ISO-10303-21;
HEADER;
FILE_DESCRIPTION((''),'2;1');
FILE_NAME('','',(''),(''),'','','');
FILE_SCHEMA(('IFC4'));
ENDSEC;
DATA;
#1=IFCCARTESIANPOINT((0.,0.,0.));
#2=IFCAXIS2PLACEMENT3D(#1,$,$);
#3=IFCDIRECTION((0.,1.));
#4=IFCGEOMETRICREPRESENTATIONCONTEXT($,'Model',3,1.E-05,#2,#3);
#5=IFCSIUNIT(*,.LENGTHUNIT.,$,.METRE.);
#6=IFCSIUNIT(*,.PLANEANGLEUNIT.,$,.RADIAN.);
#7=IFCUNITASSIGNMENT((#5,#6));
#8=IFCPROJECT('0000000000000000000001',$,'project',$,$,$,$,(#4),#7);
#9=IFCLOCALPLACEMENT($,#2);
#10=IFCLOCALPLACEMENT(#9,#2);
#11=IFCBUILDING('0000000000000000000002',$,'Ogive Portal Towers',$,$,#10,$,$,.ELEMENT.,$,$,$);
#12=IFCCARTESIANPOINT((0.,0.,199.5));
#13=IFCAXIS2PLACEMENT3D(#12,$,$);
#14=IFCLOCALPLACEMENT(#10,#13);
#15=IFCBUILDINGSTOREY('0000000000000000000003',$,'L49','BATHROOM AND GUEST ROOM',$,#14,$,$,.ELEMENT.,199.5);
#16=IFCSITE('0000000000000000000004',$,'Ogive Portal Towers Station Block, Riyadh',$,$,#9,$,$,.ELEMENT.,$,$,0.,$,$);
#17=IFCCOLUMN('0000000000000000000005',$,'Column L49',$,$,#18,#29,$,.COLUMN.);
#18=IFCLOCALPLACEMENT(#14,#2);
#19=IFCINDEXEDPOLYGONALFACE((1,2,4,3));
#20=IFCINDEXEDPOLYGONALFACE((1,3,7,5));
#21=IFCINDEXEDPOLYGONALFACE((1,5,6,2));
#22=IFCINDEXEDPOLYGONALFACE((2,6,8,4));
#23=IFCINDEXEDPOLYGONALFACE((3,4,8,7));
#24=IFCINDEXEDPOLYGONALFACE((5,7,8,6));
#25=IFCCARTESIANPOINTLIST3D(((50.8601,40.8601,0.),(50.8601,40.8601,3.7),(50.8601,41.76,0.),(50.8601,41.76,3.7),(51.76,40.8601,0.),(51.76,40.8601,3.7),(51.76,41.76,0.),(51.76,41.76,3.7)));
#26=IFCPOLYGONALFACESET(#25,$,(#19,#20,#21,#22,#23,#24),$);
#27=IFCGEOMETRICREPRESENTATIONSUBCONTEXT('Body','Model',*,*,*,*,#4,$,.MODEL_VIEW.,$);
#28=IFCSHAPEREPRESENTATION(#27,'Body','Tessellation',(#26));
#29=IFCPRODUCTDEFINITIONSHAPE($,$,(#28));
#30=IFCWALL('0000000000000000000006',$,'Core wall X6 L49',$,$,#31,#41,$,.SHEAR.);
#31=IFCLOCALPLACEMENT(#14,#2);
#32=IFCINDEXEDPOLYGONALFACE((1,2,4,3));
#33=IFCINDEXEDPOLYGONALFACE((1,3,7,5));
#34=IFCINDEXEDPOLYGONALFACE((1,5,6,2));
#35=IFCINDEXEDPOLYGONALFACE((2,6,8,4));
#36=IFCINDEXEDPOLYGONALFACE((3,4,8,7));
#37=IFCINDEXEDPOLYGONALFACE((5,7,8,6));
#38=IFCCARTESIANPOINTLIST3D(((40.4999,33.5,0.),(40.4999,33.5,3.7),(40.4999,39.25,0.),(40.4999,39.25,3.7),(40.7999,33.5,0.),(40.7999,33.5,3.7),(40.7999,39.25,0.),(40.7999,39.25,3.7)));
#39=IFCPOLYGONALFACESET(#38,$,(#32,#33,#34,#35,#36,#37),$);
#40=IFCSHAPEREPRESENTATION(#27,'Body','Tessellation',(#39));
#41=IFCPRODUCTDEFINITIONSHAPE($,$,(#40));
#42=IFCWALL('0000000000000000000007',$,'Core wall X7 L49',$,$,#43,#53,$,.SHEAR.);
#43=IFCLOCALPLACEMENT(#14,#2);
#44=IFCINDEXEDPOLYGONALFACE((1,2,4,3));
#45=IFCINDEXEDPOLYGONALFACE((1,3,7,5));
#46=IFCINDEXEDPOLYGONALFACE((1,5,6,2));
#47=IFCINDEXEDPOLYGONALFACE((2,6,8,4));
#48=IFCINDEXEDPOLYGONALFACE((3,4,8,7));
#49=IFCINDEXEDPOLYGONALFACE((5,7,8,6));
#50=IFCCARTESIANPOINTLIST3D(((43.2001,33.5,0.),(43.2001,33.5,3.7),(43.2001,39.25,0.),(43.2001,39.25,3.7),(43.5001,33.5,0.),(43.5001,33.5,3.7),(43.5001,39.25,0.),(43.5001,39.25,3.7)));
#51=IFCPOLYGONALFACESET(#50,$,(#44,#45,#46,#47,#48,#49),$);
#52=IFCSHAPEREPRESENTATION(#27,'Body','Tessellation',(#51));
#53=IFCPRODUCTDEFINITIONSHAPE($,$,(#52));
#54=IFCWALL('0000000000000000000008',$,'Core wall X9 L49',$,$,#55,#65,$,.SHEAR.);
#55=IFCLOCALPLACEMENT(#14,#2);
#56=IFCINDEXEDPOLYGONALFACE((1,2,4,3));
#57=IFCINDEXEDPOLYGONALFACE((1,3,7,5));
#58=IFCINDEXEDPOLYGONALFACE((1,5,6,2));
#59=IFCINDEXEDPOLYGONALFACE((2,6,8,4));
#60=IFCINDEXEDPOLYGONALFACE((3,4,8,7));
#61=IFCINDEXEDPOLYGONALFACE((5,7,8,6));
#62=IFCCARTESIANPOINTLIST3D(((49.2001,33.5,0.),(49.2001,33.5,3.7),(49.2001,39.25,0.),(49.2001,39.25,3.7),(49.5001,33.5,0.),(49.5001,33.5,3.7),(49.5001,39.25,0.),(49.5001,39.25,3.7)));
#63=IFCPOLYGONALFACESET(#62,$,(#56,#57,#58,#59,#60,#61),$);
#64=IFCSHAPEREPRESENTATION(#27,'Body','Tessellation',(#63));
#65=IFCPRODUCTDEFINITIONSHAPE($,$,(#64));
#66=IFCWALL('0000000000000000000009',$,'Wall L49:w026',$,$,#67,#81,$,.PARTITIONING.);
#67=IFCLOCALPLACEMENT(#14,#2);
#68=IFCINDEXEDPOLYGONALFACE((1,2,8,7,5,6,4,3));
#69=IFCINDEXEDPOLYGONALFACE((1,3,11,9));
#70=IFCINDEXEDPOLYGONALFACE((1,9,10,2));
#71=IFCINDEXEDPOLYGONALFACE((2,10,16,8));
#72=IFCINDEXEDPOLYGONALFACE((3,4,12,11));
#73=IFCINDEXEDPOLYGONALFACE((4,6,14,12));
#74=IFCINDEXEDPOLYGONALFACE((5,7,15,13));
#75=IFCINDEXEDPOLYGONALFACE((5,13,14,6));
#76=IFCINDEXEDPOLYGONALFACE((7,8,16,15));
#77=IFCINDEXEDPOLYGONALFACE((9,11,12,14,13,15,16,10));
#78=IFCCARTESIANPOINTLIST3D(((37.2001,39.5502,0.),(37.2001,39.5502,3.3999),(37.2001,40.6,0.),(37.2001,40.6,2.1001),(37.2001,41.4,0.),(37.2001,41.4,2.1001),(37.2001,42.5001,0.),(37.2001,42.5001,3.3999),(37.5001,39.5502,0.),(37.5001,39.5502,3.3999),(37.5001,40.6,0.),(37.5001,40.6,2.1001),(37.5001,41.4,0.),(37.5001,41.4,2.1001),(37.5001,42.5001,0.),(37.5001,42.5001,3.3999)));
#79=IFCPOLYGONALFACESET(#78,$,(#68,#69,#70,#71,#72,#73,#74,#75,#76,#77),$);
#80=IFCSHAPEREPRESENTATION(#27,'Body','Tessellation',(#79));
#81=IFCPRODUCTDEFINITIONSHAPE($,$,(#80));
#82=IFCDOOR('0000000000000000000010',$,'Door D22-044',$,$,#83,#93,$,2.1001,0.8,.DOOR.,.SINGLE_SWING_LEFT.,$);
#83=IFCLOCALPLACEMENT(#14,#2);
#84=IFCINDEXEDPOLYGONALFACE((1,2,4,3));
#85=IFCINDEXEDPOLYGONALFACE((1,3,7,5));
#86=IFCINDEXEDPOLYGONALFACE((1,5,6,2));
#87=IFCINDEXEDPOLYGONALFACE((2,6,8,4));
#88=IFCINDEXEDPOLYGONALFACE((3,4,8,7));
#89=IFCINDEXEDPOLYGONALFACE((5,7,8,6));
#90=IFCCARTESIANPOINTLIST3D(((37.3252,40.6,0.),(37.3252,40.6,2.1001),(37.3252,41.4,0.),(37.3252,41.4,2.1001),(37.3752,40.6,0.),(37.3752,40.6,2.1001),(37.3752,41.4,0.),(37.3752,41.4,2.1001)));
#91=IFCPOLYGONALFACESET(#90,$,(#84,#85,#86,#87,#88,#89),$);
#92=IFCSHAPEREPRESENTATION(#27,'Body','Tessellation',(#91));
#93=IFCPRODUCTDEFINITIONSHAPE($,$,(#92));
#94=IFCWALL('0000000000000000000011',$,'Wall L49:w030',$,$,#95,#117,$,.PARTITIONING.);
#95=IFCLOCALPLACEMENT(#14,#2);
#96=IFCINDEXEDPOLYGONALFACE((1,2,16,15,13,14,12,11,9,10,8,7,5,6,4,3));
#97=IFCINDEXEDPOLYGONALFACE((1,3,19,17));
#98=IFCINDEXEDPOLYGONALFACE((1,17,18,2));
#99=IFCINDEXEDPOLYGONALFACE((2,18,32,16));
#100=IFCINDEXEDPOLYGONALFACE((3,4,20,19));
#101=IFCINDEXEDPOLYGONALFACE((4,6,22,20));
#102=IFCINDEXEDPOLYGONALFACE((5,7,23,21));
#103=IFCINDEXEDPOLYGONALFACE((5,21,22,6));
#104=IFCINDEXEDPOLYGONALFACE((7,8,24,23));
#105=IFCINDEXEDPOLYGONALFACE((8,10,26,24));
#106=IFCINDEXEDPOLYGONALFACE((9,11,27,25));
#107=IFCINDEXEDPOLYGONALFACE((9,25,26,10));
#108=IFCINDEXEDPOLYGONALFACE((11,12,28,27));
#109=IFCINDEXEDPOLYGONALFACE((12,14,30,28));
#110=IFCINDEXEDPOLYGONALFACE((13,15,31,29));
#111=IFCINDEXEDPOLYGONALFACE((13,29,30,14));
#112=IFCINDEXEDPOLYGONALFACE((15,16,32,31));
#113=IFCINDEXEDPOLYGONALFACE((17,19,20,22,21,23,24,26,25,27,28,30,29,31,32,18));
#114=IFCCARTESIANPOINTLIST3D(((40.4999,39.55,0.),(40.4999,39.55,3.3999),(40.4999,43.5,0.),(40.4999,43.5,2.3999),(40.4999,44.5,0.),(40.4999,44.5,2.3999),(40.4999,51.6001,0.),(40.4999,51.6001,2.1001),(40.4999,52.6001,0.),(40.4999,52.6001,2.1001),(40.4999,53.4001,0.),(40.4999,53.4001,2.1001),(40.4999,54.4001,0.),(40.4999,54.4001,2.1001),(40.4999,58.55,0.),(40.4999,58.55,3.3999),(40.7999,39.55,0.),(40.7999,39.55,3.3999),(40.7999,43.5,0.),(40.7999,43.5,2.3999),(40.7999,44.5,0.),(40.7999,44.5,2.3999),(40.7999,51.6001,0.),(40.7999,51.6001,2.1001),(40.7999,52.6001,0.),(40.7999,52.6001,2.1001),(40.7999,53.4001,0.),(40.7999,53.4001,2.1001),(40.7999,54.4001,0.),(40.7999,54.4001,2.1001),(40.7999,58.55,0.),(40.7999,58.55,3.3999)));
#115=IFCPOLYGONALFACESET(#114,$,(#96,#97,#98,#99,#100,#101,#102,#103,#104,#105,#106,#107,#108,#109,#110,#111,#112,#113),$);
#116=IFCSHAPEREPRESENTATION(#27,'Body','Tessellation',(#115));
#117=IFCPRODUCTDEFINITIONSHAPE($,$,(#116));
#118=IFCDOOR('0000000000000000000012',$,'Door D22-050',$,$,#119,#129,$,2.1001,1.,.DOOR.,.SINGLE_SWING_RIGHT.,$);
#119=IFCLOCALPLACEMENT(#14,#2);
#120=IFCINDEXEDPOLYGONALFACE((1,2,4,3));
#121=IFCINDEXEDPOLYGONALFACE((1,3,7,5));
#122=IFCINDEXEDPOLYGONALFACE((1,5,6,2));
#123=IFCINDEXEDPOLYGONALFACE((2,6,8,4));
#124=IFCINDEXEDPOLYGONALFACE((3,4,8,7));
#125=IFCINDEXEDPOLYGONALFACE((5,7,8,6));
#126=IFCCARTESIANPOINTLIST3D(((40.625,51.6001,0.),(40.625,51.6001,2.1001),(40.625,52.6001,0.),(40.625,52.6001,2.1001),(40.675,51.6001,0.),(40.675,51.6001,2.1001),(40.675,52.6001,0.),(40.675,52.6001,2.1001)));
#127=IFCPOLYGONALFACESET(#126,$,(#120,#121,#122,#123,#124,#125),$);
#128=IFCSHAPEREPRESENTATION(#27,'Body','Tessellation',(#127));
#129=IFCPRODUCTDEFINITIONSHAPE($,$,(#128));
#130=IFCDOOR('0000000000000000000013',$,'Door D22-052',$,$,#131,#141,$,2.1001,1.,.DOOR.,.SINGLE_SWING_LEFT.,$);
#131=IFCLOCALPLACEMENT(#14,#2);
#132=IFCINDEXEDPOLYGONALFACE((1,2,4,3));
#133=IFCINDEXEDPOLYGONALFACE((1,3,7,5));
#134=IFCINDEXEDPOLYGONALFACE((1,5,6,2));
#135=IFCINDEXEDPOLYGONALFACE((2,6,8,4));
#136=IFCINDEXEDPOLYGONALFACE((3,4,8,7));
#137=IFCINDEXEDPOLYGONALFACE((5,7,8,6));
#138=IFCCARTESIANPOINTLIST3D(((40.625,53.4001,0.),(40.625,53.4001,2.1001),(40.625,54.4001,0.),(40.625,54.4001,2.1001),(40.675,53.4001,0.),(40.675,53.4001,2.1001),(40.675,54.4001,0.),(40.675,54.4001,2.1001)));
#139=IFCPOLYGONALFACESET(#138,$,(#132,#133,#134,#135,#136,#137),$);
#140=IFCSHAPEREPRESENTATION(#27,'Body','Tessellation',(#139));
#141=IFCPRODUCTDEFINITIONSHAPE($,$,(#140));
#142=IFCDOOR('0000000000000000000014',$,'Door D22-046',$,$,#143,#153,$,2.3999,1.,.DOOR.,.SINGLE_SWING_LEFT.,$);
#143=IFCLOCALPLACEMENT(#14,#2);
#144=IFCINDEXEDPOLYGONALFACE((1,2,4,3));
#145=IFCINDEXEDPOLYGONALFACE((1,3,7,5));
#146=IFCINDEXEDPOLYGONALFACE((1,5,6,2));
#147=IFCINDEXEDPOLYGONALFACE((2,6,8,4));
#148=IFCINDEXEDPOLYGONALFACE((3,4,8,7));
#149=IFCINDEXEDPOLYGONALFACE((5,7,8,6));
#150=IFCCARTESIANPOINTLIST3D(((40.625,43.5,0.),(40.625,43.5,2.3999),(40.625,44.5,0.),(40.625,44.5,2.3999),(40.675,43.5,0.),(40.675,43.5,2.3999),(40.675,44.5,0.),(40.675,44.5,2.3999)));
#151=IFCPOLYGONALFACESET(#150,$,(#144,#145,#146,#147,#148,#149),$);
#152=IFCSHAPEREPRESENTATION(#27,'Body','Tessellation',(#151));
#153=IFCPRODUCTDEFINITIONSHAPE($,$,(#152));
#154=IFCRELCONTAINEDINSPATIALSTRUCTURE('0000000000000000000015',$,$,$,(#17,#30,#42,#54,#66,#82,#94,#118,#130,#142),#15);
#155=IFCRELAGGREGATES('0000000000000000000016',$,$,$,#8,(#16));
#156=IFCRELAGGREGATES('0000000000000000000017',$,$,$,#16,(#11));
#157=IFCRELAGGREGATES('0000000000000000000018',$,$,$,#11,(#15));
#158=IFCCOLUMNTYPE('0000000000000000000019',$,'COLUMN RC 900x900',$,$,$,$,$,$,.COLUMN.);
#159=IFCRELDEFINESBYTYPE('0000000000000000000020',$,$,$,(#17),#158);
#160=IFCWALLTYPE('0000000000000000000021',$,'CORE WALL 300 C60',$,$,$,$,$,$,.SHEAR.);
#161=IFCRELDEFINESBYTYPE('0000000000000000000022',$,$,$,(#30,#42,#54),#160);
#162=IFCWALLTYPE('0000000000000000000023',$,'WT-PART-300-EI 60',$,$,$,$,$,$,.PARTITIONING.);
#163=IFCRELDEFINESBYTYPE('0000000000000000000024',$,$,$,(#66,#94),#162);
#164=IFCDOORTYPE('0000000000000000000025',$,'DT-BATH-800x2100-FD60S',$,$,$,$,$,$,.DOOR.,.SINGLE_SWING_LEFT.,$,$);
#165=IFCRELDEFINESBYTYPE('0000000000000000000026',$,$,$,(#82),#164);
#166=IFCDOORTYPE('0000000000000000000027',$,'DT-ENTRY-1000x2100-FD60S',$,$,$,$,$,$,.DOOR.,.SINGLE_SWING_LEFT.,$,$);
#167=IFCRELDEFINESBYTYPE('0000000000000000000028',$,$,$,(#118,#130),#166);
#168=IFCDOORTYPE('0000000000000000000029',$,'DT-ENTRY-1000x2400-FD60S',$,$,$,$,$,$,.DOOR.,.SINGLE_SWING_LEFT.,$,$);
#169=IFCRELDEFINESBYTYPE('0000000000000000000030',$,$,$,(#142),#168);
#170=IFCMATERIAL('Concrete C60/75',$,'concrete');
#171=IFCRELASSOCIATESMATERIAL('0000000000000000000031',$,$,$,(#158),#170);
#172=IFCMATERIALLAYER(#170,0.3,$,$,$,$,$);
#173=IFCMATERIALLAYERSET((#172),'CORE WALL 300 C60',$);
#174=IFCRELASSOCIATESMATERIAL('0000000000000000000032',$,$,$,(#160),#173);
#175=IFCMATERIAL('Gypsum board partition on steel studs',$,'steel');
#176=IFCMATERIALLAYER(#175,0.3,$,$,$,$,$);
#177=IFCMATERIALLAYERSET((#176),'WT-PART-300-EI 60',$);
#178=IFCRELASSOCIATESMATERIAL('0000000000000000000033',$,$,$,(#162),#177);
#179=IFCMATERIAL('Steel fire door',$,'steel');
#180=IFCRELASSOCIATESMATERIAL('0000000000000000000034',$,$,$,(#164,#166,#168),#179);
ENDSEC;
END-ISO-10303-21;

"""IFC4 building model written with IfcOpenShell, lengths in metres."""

from ifc_helpers import new_model, si_unit, direction, frame, frame_2d, origin, origin_2d, place, context, subcontext, project, spatial, rectangle, extrude, material, layer, layer_set, material_profile, profile_set, type_object, element, fill, save


model = new_model("IFC4")

# Units and contexts
model_context = context("Model", 3, precision=1e-05, world=origin(), true_north=direction((0.0, 1.0)))
body_context = subcontext(model_context, "Body", "Model", "MODEL_VIEW")
ifc_project = project(units=[si_unit("LENGTHUNIT", "METRE"), si_unit("PLANEANGLEUNIT", "RADIAN")], contexts=[model_context])

# Site, building, storey
site_placement = place(None, origin())
site = spatial("IfcSite", under=ifc_project, at=site_placement, Name="Ogive Portal Towers Station Block, Riyadh", CompositionType="ELEMENT", RefElevation=0.0)
building_placement = place(site_placement, origin())
building = spatial("IfcBuilding", under=site, at=building_placement, Name="Ogive Portal Towers", CompositionType="ELEMENT")
storey_placement = place(building_placement, frame((0.0, 0.0, 199.5)))
storey = spatial("IfcBuildingStorey", under=building, at=storey_placement, Name="L49", Description="BATHROOM AND GUEST ROOM", CompositionType="ELEMENT", Elevation=199.5)

# Column
ifc_material_1 = material(Name="Concrete C60/75", Category="concrete")
ifc_material_profile = material_profile(ifc_material_1, rectangle(XDim=0.8999, YDim=0.8999, at=origin_2d()), Name="RC 900x900")
ifc_profile_set = profile_set([ifc_material_profile], Name="Concrete C60/75")
column_type = type_object("IfcColumnType", Name="COLUMN RC 900x900", PredefinedType="COLUMN", material=ifc_profile_set)
column_placement = place(storey_placement, frame((51.3101, 41.3101, 0.0), z_axis=(0.0, 0.0, 1.0), x_axis=(1.0, 0.0, 0.0)))
element("IfcColumn", 1, at=column_placement, inside=storey, type_object=column_type, Name="Column L49", PredefinedType="COLUMN", context=body_context, shape_type="SweptSolid", body=[
    extrude(rectangle(XDim=0.8999, YDim=0.8999, at=origin_2d()), origin(), (0.0, 0.0, 1.0), 3.7),
])

# Shared definitions
ifc_layer_1 = layer(ifc_material_1, 0.3)
ifc_layer_set_1 = layer_set([ifc_layer_1], Name="CORE WALL 300 C60")
wall_type_1 = type_object("IfcWallType", Name="CORE WALL 300 C60", PredefinedType="SHEAR", material=ifc_layer_set_1)
ifc_material_2 = material(Name="Steel fire door", Category="steel")

# Walls
for number, where, z_axis, x_axis, name in (
    (2, (40.6499, 33.5, 0.0), (0.0, 0.0, 1.0), (0.0, 1.0, 0.0), "Core wall X6 L49"),
    (3, (43.3501, 33.5, 0.0), (0.0, 0.0, 1.0), (0.0, 1.0, 0.0), "Core wall X7 L49"),
    (4, (49.3501, 33.5, 0.0), (0.0, 0.0, 1.0), (0.0, 1.0, 0.0), "Core wall X9 L49"),
):
    element("IfcWall", number, at=place(storey_placement, frame(where, z_axis=z_axis, x_axis=x_axis)), inside=storey, type_object=wall_type_1, Name=name, PredefinedType="SHEAR", context=body_context, shape_type="SweptSolid", body=[
        extrude(rectangle(XDim=5.75, YDim=0.3, at=frame_2d((2.875, 0.0))), origin(), (0.0, 0.0, 1.0), 3.7),
    ])

# Wall, opening, door
ifc_material_3 = material(Name="Gypsum board partition on steel studs", Category="steel")
ifc_layer_2 = layer(ifc_material_3, 0.3)
ifc_layer_set_2 = layer_set([ifc_layer_2], Name="WT-PART-300-EI 60")
wall_type_2 = type_object("IfcWallType", Name="WT-PART-300-EI 60", PredefinedType="PARTITIONING", material=ifc_layer_set_2)
wall_1_placement = place(storey_placement, frame((37.3501, 39.55, 0.0), z_axis=(0.0, 0.0, 1.0), x_axis=(0.0, 1.0, 0.0)))
wall_1 = element("IfcWall", 5, at=wall_1_placement, inside=storey, type_object=wall_type_2, Name="Wall L49:w026", PredefinedType="PARTITIONING", context=body_context, shape_type="SweptSolid", body=[
    extrude(rectangle(XDim=2.95, YDim=0.3, at=frame_2d((1.4751, 0.0))), origin(), (0.0, 0.0, 1.0), 3.3999),
])
opening_1_placement = place(wall_1_placement, frame((1.05, 0.0, 0.0)))
opening_1 = element("IfcOpeningElement", 6, at=opening_1_placement, cuts=wall_1, PredefinedType="OPENING", context=body_context, shape_type="SweptSolid", body=[
    extrude(rectangle(XDim=0.8, YDim=2.1001, at=frame_2d((0.3999, 1.05))), frame((0.0, 0.1602, 0.0), z_axis=(0.0, -1.0, 0.0), x_axis=(1.0, 0.0, 0.0)), (0.0, 0.0, 1.0), 0.3201),
])
door_type_1 = type_object("IfcDoorType", Name="DT-BATH-800x2100-FD60S", OperationType="SINGLE_SWING_LEFT", PredefinedType="DOOR", material=ifc_material_2)
door_1_placement = place(opening_1_placement, origin())
door_1 = element("IfcDoor", 7, at=door_1_placement, inside=storey, type_object=door_type_1, Name="Door D22-044", OperationType="SINGLE_SWING_LEFT", OverallHeight=2.1001, OverallWidth=0.8, PredefinedType="DOOR", context=body_context, shape_type="SweptSolid", body=[
    extrude(rectangle(XDim=0.8, YDim=2.1001, at=frame_2d((0.3999, 1.05))), frame((0.0, 0.0249, 0.0), z_axis=(0.0, -1.0, 0.0), x_axis=(1.0, 0.0, 0.0)), (0.0, 0.0, 1.0), 0.05),
])
fill(opening_1, door_1)

# Wall, openings, doors
wall_2_placement = place(storey_placement, frame((40.6499, 39.55, 0.0), z_axis=(0.0, 0.0, 1.0), x_axis=(0.0, 1.0, 0.0)))
wall_2 = element("IfcWall", 8, at=wall_2_placement, inside=storey, type_object=wall_type_2, Name="Wall L49:w030", PredefinedType="PARTITIONING", context=body_context, shape_type="SweptSolid", body=[
    extrude(rectangle(XDim=19.0, YDim=0.3, at=frame_2d((9.5, 0.0))), origin(), (0.0, 0.0, 1.0), 3.3999),
])
opening_2_placement = place(wall_2_placement, frame((3.95, 0.0, 0.0)))
opening_2 = element("IfcOpeningElement", 9, at=opening_2_placement, cuts=wall_2, PredefinedType="OPENING", context=body_context, shape_type="SweptSolid", body=[
    extrude(rectangle(XDim=1.0, YDim=2.3999, at=frame_2d((0.5, 1.2))), frame((0.0, 0.1602, 0.0), z_axis=(0.0, -1.0, 0.0), x_axis=(1.0, 0.0, 0.0)), (0.0, 0.0, 1.0), 0.3201),
])
opening_3_placement = place(wall_2_placement, frame((12.05, 0.0, 0.0)))
opening_3 = element("IfcOpeningElement", 10, at=opening_3_placement, cuts=wall_2, PredefinedType="OPENING", context=body_context, shape_type="SweptSolid", body=[
    extrude(rectangle(XDim=1.0, YDim=2.1001, at=frame_2d((0.5, 1.05))), frame((0.0, 0.1602, 0.0), z_axis=(0.0, -1.0, 0.0), x_axis=(1.0, 0.0, 0.0)), (0.0, 0.0, 1.0), 0.3201),
])
opening_4_placement = place(wall_2_placement, frame((13.8501, 0.0, 0.0)))
opening_4 = element("IfcOpeningElement", 11, at=opening_4_placement, cuts=wall_2, PredefinedType="OPENING", context=body_context, shape_type="SweptSolid", body=[
    extrude(rectangle(XDim=1.0, YDim=2.1001, at=frame_2d((0.5, 1.05))), frame((0.0, 0.1602, 0.0), z_axis=(0.0, -1.0, 0.0), x_axis=(1.0, 0.0, 0.0)), (0.0, 0.0, 1.0), 0.3201),
])
door_type_2 = type_object("IfcDoorType", Name="DT-ENTRY-1000x2100-FD60S", OperationType="SINGLE_SWING_LEFT", PredefinedType="DOOR", material=ifc_material_2)
door_2_placement = place(opening_3_placement, origin())
door_2 = element("IfcDoor", 12, at=door_2_placement, inside=storey, type_object=door_type_2, Name="Door D22-050", OperationType="SINGLE_SWING_RIGHT", OverallHeight=2.1001, OverallWidth=1.0, PredefinedType="DOOR", context=body_context, shape_type="SweptSolid", body=[
    extrude(rectangle(XDim=1.0, YDim=2.1001, at=frame_2d((0.5, 1.05))), frame((0.0, 0.0249, 0.0), z_axis=(0.0, -1.0, 0.0), x_axis=(1.0, 0.0, 0.0)), (0.0, 0.0, 1.0), 0.05),
])
fill(opening_3, door_2)
door_3_placement = place(opening_4_placement, origin())
door_3 = element("IfcDoor", 13, at=door_3_placement, inside=storey, type_object=door_type_2, Name="Door D22-052", OperationType="SINGLE_SWING_LEFT", OverallHeight=2.1001, OverallWidth=1.0, PredefinedType="DOOR", context=body_context, shape_type="SweptSolid", body=[
    extrude(rectangle(XDim=1.0, YDim=2.1001, at=frame_2d((0.5, 1.05))), frame((0.0, 0.0249, 0.0), z_axis=(0.0, -1.0, 0.0), x_axis=(1.0, 0.0, 0.0)), (0.0, 0.0, 1.0), 0.05),
])
fill(opening_4, door_3)
door_type_3 = type_object("IfcDoorType", Name="DT-ENTRY-1000x2400-FD60S", OperationType="SINGLE_SWING_LEFT", PredefinedType="DOOR", material=ifc_material_2)
door_4_placement = place(opening_2_placement, origin())
door_4 = element("IfcDoor", 14, at=door_4_placement, inside=storey, type_object=door_type_3, Name="Door D22-046", OperationType="SINGLE_SWING_LEFT", OverallHeight=2.3999, OverallWidth=1.0, PredefinedType="DOOR", context=body_context, shape_type="SweptSolid", body=[
    extrude(rectangle(XDim=1.0, YDim=2.3999, at=frame_2d((0.5, 1.2))), frame((0.0, 0.0249, 0.0), z_axis=(0.0, -1.0, 0.0), x_axis=(1.0, 0.0, 0.0)), (0.0, 0.0, 1.0), 0.05),
])
fill(opening_2, door_4)

save(model, "model.ifc")
